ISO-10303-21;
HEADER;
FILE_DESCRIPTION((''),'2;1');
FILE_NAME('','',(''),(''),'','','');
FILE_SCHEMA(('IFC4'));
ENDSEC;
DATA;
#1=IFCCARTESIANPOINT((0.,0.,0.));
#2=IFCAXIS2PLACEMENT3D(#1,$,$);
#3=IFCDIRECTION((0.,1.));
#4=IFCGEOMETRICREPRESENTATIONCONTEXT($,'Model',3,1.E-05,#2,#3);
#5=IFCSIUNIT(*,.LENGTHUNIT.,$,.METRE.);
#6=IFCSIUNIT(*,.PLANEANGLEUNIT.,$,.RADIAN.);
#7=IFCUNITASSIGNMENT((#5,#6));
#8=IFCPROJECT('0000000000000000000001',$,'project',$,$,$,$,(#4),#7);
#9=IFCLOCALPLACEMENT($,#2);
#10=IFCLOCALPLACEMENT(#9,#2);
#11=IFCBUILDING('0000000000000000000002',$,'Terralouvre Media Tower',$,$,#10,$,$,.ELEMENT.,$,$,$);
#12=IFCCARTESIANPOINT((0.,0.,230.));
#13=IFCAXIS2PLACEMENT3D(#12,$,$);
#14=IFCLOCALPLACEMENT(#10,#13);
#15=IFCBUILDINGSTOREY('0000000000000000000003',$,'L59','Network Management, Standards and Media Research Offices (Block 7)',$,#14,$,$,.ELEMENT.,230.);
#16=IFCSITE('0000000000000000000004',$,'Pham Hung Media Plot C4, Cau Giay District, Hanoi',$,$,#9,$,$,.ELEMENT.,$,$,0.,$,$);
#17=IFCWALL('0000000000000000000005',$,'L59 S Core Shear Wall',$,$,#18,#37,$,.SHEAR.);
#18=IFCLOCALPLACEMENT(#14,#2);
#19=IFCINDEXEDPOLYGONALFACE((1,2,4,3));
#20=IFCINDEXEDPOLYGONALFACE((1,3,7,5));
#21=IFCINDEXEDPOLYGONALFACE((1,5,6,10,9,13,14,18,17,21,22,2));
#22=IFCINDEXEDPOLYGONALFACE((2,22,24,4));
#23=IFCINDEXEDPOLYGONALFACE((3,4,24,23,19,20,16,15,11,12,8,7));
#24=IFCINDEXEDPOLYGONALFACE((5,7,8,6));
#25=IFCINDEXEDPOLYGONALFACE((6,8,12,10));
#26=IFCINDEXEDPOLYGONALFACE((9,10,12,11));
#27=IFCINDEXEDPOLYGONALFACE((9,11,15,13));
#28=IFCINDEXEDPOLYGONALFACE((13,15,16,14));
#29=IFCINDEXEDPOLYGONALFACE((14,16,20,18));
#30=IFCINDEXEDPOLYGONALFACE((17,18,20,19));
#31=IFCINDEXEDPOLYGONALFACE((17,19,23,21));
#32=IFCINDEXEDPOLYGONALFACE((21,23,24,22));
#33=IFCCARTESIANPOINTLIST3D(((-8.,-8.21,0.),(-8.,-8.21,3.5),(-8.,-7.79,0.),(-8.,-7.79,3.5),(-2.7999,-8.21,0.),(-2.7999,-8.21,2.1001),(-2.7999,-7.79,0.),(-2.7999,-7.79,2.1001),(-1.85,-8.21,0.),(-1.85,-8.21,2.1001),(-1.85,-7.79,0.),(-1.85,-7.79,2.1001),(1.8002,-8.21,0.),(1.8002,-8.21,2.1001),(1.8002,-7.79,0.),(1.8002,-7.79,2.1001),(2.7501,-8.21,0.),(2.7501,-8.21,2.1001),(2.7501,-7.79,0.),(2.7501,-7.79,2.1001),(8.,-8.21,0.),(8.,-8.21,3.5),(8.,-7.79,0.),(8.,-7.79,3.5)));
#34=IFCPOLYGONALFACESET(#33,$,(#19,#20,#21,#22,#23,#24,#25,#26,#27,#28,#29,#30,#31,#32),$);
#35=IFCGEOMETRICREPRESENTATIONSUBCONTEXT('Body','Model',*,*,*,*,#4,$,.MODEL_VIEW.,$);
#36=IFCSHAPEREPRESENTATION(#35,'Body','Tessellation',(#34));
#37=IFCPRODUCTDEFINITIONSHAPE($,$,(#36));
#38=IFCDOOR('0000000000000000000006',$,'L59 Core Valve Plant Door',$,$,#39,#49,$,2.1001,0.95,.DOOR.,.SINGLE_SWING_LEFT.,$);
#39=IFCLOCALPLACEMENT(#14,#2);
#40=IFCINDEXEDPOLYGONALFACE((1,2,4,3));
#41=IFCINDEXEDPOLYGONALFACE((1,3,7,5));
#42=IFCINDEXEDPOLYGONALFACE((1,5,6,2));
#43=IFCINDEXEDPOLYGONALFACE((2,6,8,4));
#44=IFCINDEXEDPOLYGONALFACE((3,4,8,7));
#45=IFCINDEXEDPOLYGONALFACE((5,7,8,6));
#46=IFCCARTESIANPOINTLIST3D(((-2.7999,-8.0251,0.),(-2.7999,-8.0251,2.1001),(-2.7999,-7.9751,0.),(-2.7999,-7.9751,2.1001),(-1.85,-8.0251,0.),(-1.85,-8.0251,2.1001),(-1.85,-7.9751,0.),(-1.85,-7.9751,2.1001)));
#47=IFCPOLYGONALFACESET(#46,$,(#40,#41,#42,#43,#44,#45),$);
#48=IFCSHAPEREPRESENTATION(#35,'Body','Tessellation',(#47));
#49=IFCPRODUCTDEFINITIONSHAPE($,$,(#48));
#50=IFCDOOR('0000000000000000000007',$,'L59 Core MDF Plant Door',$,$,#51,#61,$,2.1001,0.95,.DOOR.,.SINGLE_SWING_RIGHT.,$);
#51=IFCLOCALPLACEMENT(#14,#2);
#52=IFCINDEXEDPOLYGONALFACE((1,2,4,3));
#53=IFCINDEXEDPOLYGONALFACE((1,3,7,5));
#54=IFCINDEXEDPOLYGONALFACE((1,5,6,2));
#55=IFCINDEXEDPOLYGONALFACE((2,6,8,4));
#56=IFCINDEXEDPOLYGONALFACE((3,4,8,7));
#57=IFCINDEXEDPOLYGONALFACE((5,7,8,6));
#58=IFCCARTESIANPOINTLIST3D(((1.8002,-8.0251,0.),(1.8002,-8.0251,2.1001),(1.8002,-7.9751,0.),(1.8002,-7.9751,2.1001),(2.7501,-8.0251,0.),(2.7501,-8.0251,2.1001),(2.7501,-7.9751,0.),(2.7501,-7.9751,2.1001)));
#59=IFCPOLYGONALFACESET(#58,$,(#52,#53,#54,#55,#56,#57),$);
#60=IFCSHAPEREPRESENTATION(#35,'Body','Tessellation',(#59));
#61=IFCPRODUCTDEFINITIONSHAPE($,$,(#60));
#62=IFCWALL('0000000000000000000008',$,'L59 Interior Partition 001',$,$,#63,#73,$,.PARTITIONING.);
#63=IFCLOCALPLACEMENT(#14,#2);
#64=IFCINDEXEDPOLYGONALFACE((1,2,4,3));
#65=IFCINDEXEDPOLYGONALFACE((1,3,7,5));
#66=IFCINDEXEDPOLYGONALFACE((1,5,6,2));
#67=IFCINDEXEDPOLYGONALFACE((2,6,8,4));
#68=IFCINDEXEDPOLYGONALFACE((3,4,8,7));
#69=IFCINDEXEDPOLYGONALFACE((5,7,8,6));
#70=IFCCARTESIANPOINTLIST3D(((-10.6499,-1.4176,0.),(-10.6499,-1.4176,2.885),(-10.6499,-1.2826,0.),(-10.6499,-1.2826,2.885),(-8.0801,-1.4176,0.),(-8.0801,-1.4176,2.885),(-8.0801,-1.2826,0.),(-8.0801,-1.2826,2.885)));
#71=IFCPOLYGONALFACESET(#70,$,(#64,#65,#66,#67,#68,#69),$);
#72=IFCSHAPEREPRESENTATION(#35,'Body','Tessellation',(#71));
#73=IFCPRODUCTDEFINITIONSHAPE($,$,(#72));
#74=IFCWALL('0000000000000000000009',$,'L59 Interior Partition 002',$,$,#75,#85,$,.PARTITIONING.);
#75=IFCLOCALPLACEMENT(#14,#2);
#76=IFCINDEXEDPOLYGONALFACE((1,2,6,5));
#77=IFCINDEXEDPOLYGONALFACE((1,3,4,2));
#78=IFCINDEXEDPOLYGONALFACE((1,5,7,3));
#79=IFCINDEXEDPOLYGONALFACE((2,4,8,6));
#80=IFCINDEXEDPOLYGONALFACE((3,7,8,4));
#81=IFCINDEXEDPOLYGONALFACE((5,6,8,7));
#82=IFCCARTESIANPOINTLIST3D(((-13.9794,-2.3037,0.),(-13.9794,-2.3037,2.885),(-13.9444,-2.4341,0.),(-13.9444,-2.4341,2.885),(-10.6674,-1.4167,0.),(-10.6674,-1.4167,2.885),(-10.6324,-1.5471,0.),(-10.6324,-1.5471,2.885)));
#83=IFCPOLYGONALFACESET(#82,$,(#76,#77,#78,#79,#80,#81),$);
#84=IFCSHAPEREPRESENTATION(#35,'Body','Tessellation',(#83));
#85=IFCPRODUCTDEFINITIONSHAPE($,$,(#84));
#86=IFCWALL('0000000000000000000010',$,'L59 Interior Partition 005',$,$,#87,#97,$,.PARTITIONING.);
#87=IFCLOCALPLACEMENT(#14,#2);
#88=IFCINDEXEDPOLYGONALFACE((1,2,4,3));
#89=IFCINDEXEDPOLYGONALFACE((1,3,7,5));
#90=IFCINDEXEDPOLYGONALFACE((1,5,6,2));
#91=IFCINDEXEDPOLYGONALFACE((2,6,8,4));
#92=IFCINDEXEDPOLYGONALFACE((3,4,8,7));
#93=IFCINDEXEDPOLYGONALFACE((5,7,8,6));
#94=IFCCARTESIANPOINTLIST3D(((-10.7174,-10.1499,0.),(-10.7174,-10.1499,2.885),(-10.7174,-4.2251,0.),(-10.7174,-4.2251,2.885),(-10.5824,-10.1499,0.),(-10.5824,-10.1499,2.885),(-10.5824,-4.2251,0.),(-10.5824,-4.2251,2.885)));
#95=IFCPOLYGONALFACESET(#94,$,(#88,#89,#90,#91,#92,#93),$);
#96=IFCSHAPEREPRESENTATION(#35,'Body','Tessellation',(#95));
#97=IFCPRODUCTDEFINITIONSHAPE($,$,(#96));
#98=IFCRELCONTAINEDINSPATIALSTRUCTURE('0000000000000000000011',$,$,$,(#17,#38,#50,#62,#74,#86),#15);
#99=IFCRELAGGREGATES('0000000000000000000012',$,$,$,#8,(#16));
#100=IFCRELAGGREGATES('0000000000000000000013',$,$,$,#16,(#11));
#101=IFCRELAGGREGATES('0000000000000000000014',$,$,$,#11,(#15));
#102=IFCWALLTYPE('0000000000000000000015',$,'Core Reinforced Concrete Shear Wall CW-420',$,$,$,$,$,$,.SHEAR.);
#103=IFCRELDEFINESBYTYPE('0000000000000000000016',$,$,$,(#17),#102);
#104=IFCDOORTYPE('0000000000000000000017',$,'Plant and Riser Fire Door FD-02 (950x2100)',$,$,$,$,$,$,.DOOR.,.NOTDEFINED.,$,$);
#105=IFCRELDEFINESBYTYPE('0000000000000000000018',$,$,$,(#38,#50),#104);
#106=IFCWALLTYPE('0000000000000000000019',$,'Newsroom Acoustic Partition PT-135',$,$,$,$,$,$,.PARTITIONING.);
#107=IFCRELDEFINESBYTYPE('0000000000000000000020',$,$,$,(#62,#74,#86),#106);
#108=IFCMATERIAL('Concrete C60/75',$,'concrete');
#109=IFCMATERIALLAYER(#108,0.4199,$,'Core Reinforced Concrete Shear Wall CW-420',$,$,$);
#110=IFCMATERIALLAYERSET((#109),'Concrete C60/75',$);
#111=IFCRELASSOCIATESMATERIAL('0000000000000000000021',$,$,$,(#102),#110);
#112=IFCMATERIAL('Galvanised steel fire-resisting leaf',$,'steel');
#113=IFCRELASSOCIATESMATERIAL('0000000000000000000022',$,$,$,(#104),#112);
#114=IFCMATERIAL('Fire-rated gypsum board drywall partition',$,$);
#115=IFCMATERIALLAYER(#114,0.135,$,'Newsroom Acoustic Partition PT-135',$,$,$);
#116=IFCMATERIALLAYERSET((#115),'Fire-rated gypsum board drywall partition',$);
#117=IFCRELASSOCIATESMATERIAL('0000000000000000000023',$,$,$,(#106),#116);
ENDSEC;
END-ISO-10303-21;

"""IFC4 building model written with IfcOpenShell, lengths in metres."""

from ifc_helpers import new_model, si_unit, direction, frame, frame_2d, origin, place, context, subcontext, project, spatial, rectangle, extrude, material, layer, layer_set, type_object, element, fill, save


model = new_model("IFC4")

# Units and contexts
model_context = context("Model", 3, precision=1e-05, world=origin(), true_north=direction((0.0, 1.0)))
body_context = subcontext(model_context, "Body", "Model", "MODEL_VIEW")
ifc_project = project(units=[si_unit("LENGTHUNIT", "METRE"), si_unit("PLANEANGLEUNIT", "RADIAN")], contexts=[model_context])

# Site, building, storey
site_placement = place(None, origin())
site = spatial("IfcSite", under=ifc_project, at=site_placement, Name="Pham Hung Media Plot C4, Cau Giay District, Hanoi", CompositionType="ELEMENT", RefElevation=0.0)
building_placement = place(site_placement, origin())
building = spatial("IfcBuilding", under=site, at=building_placement, Name="Terralouvre Media Tower", CompositionType="ELEMENT")
storey_placement = place(building_placement, frame((0.0, 0.0, 230.0)))
storey = spatial("IfcBuildingStorey", under=building, at=storey_placement, Name="L59", Description="Network Management, Standards and Media Research Offices (Block 7)", CompositionType="ELEMENT", Elevation=230.0)

# Wall, openings, doors
ifc_material_1 = material(Name="Concrete C60/75", Category="concrete")
ifc_layer_1 = layer(ifc_material_1, 0.4199, Name="Core Reinforced Concrete Shear Wall CW-420")
ifc_layer_set_1 = layer_set([ifc_layer_1], Name="Concrete C60/75")
wall_type_1 = type_object("IfcWallType", Name="Core Reinforced Concrete Shear Wall CW-420", PredefinedType="SHEAR", material=ifc_layer_set_1)
wall_1_placement = place(storey_placement, frame((-8.0, -8.0, 0.0), z_axis=(0.0, 0.0, 1.0), x_axis=(1.0, 0.0, 0.0)))
wall_1 = element("IfcWall", 1, at=wall_1_placement, inside=storey, type_object=wall_type_1, Name="L59 S Core Shear Wall", PredefinedType="SHEAR", context=body_context, shape_type="SweptSolid", body=[
    extrude(rectangle(XDim=16.0, YDim=0.4199, at=frame_2d((8.0, 0.0))), origin(), (0.0, 0.0, 1.0), 3.5),
])
opening_1_placement = place(wall_1_placement, frame((5.2, 0.0, 0.0)))
opening_1 = element("IfcOpeningElement", 2, at=opening_1_placement, cuts=wall_1, PredefinedType="OPENING", context=body_context, shape_type="SweptSolid", body=[
    extrude(rectangle(XDim=0.95, YDim=2.1001, at=frame_2d((0.4751, 1.05))), frame((0.0, 0.22, 0.0), z_axis=(0.0, -1.0, 0.0), x_axis=(1.0, 0.0, 0.0)), (0.0, 0.0, 1.0), 0.4399),
])
opening_2_placement = place(wall_1_placement, frame((9.8, 0.0, 0.0)))
opening_2 = element("IfcOpeningElement", 3, at=opening_2_placement, cuts=wall_1, PredefinedType="OPENING", context=body_context, shape_type="SweptSolid", body=[
    extrude(rectangle(XDim=0.95, YDim=2.1001, at=frame_2d((0.4751, 1.05))), frame((0.0, 0.22, 0.0), z_axis=(0.0, -1.0, 0.0), x_axis=(1.0, 0.0, 0.0)), (0.0, 0.0, 1.0), 0.4399),
])
ifc_material_2 = material(Name="Galvanised steel fire-resisting leaf", Category="steel")
door_type_1 = type_object("IfcDoorType", Name="Plant and Riser Fire Door FD-02 (950x2100)", OperationType="NOTDEFINED", PredefinedType="DOOR", material=ifc_material_2)
door_1_placement = place(opening_1_placement, origin())
door_1 = element("IfcDoor", 4, at=door_1_placement, inside=storey, type_object=door_type_1, Name="L59 Core Valve Plant Door", OperationType="SINGLE_SWING_LEFT", OverallHeight=2.1001, OverallWidth=0.95, PredefinedType="DOOR", context=body_context, shape_type="SweptSolid", body=[
    extrude(rectangle(XDim=0.95, YDim=2.1001, at=frame_2d((0.4751, 1.05))), frame((0.0, 0.0249, 0.0), z_axis=(0.0, -1.0, 0.0), x_axis=(1.0, 0.0, 0.0)), (0.0, 0.0, 1.0), 0.05),
])
fill(opening_1, door_1)
door_2_placement = place(opening_2_placement, origin())
door_2 = element("IfcDoor", 5, at=door_2_placement, inside=storey, type_object=door_type_1, Name="L59 Core MDF Plant Door", OperationType="SINGLE_SWING_RIGHT", OverallHeight=2.1001, OverallWidth=0.95, PredefinedType="DOOR", context=body_context, shape_type="SweptSolid", body=[
    extrude(rectangle(XDim=0.95, YDim=2.1001, at=frame_2d((0.4751, 1.05))), frame((0.0, 0.0249, 0.0), z_axis=(0.0, -1.0, 0.0), x_axis=(1.0, 0.0, 0.0)), (0.0, 0.0, 1.0), 0.05),
])
fill(opening_2, door_2)

# Walls
ifc_material_3 = material(Name="Fire-rated gypsum board drywall partition")
ifc_layer_2 = layer(ifc_material_3, 0.135, Name="Newsroom Acoustic Partition PT-135")
ifc_layer_set_2 = layer_set([ifc_layer_2], Name="Fire-rated gypsum board drywall partition")
wall_type_2 = type_object("IfcWallType", Name="Newsroom Acoustic Partition PT-135", PredefinedType="PARTITIONING", material=ifc_layer_set_2)
wall_2_placement = place(storey_placement, frame((-8.0801, -1.3501, 0.0), z_axis=(0.0, 0.0, 1.0), x_axis=(-1.0, 0.0, 0.0)))
element("IfcWall", 6, at=wall_2_placement, inside=storey, type_object=wall_type_2, Name="L59 Interior Partition 001", PredefinedType="PARTITIONING", context=body_context, shape_type="SweptSolid", body=[
    extrude(rectangle(XDim=2.5698, YDim=0.135, at=frame_2d((1.2849, 0.0))), origin(), (0.0, 0.0, 1.0), 2.885),
])
wall_3_placement = place(storey_placement, frame((-10.6499, -1.4819, 0.0), z_axis=(0.0, 0.0, 1.0), x_axis=(-0.965961, -0.258686, 0.0)))
element("IfcWall", 7, at=wall_3_placement, inside=storey, type_object=wall_type_2, Name="L59 Interior Partition 002", PredefinedType="PARTITIONING", context=body_context, shape_type="SweptSolid", body=[
    extrude(rectangle(XDim=3.4287, YDim=0.135, at=frame_2d((1.7144, 0.0))), origin(), (0.0, 0.0, 1.0), 2.885),
])
wall_4_placement = place(storey_placement, frame((-10.6499, -4.2251, 0.0), z_axis=(0.0, 0.0, 1.0), x_axis=(0.0, -1.0, 0.0)))
element("IfcWall", 8, at=wall_4_placement, inside=storey, type_object=wall_type_2, Name="L59 Interior Partition 005", PredefinedType="PARTITIONING", context=body_context, shape_type="SweptSolid", body=[
    extrude(rectangle(XDim=5.9248, YDim=0.135, at=frame_2d((2.9624, 0.0))), origin(), (0.0, 0.0, 1.0), 2.885),
])

save(model, "model.ifc")
